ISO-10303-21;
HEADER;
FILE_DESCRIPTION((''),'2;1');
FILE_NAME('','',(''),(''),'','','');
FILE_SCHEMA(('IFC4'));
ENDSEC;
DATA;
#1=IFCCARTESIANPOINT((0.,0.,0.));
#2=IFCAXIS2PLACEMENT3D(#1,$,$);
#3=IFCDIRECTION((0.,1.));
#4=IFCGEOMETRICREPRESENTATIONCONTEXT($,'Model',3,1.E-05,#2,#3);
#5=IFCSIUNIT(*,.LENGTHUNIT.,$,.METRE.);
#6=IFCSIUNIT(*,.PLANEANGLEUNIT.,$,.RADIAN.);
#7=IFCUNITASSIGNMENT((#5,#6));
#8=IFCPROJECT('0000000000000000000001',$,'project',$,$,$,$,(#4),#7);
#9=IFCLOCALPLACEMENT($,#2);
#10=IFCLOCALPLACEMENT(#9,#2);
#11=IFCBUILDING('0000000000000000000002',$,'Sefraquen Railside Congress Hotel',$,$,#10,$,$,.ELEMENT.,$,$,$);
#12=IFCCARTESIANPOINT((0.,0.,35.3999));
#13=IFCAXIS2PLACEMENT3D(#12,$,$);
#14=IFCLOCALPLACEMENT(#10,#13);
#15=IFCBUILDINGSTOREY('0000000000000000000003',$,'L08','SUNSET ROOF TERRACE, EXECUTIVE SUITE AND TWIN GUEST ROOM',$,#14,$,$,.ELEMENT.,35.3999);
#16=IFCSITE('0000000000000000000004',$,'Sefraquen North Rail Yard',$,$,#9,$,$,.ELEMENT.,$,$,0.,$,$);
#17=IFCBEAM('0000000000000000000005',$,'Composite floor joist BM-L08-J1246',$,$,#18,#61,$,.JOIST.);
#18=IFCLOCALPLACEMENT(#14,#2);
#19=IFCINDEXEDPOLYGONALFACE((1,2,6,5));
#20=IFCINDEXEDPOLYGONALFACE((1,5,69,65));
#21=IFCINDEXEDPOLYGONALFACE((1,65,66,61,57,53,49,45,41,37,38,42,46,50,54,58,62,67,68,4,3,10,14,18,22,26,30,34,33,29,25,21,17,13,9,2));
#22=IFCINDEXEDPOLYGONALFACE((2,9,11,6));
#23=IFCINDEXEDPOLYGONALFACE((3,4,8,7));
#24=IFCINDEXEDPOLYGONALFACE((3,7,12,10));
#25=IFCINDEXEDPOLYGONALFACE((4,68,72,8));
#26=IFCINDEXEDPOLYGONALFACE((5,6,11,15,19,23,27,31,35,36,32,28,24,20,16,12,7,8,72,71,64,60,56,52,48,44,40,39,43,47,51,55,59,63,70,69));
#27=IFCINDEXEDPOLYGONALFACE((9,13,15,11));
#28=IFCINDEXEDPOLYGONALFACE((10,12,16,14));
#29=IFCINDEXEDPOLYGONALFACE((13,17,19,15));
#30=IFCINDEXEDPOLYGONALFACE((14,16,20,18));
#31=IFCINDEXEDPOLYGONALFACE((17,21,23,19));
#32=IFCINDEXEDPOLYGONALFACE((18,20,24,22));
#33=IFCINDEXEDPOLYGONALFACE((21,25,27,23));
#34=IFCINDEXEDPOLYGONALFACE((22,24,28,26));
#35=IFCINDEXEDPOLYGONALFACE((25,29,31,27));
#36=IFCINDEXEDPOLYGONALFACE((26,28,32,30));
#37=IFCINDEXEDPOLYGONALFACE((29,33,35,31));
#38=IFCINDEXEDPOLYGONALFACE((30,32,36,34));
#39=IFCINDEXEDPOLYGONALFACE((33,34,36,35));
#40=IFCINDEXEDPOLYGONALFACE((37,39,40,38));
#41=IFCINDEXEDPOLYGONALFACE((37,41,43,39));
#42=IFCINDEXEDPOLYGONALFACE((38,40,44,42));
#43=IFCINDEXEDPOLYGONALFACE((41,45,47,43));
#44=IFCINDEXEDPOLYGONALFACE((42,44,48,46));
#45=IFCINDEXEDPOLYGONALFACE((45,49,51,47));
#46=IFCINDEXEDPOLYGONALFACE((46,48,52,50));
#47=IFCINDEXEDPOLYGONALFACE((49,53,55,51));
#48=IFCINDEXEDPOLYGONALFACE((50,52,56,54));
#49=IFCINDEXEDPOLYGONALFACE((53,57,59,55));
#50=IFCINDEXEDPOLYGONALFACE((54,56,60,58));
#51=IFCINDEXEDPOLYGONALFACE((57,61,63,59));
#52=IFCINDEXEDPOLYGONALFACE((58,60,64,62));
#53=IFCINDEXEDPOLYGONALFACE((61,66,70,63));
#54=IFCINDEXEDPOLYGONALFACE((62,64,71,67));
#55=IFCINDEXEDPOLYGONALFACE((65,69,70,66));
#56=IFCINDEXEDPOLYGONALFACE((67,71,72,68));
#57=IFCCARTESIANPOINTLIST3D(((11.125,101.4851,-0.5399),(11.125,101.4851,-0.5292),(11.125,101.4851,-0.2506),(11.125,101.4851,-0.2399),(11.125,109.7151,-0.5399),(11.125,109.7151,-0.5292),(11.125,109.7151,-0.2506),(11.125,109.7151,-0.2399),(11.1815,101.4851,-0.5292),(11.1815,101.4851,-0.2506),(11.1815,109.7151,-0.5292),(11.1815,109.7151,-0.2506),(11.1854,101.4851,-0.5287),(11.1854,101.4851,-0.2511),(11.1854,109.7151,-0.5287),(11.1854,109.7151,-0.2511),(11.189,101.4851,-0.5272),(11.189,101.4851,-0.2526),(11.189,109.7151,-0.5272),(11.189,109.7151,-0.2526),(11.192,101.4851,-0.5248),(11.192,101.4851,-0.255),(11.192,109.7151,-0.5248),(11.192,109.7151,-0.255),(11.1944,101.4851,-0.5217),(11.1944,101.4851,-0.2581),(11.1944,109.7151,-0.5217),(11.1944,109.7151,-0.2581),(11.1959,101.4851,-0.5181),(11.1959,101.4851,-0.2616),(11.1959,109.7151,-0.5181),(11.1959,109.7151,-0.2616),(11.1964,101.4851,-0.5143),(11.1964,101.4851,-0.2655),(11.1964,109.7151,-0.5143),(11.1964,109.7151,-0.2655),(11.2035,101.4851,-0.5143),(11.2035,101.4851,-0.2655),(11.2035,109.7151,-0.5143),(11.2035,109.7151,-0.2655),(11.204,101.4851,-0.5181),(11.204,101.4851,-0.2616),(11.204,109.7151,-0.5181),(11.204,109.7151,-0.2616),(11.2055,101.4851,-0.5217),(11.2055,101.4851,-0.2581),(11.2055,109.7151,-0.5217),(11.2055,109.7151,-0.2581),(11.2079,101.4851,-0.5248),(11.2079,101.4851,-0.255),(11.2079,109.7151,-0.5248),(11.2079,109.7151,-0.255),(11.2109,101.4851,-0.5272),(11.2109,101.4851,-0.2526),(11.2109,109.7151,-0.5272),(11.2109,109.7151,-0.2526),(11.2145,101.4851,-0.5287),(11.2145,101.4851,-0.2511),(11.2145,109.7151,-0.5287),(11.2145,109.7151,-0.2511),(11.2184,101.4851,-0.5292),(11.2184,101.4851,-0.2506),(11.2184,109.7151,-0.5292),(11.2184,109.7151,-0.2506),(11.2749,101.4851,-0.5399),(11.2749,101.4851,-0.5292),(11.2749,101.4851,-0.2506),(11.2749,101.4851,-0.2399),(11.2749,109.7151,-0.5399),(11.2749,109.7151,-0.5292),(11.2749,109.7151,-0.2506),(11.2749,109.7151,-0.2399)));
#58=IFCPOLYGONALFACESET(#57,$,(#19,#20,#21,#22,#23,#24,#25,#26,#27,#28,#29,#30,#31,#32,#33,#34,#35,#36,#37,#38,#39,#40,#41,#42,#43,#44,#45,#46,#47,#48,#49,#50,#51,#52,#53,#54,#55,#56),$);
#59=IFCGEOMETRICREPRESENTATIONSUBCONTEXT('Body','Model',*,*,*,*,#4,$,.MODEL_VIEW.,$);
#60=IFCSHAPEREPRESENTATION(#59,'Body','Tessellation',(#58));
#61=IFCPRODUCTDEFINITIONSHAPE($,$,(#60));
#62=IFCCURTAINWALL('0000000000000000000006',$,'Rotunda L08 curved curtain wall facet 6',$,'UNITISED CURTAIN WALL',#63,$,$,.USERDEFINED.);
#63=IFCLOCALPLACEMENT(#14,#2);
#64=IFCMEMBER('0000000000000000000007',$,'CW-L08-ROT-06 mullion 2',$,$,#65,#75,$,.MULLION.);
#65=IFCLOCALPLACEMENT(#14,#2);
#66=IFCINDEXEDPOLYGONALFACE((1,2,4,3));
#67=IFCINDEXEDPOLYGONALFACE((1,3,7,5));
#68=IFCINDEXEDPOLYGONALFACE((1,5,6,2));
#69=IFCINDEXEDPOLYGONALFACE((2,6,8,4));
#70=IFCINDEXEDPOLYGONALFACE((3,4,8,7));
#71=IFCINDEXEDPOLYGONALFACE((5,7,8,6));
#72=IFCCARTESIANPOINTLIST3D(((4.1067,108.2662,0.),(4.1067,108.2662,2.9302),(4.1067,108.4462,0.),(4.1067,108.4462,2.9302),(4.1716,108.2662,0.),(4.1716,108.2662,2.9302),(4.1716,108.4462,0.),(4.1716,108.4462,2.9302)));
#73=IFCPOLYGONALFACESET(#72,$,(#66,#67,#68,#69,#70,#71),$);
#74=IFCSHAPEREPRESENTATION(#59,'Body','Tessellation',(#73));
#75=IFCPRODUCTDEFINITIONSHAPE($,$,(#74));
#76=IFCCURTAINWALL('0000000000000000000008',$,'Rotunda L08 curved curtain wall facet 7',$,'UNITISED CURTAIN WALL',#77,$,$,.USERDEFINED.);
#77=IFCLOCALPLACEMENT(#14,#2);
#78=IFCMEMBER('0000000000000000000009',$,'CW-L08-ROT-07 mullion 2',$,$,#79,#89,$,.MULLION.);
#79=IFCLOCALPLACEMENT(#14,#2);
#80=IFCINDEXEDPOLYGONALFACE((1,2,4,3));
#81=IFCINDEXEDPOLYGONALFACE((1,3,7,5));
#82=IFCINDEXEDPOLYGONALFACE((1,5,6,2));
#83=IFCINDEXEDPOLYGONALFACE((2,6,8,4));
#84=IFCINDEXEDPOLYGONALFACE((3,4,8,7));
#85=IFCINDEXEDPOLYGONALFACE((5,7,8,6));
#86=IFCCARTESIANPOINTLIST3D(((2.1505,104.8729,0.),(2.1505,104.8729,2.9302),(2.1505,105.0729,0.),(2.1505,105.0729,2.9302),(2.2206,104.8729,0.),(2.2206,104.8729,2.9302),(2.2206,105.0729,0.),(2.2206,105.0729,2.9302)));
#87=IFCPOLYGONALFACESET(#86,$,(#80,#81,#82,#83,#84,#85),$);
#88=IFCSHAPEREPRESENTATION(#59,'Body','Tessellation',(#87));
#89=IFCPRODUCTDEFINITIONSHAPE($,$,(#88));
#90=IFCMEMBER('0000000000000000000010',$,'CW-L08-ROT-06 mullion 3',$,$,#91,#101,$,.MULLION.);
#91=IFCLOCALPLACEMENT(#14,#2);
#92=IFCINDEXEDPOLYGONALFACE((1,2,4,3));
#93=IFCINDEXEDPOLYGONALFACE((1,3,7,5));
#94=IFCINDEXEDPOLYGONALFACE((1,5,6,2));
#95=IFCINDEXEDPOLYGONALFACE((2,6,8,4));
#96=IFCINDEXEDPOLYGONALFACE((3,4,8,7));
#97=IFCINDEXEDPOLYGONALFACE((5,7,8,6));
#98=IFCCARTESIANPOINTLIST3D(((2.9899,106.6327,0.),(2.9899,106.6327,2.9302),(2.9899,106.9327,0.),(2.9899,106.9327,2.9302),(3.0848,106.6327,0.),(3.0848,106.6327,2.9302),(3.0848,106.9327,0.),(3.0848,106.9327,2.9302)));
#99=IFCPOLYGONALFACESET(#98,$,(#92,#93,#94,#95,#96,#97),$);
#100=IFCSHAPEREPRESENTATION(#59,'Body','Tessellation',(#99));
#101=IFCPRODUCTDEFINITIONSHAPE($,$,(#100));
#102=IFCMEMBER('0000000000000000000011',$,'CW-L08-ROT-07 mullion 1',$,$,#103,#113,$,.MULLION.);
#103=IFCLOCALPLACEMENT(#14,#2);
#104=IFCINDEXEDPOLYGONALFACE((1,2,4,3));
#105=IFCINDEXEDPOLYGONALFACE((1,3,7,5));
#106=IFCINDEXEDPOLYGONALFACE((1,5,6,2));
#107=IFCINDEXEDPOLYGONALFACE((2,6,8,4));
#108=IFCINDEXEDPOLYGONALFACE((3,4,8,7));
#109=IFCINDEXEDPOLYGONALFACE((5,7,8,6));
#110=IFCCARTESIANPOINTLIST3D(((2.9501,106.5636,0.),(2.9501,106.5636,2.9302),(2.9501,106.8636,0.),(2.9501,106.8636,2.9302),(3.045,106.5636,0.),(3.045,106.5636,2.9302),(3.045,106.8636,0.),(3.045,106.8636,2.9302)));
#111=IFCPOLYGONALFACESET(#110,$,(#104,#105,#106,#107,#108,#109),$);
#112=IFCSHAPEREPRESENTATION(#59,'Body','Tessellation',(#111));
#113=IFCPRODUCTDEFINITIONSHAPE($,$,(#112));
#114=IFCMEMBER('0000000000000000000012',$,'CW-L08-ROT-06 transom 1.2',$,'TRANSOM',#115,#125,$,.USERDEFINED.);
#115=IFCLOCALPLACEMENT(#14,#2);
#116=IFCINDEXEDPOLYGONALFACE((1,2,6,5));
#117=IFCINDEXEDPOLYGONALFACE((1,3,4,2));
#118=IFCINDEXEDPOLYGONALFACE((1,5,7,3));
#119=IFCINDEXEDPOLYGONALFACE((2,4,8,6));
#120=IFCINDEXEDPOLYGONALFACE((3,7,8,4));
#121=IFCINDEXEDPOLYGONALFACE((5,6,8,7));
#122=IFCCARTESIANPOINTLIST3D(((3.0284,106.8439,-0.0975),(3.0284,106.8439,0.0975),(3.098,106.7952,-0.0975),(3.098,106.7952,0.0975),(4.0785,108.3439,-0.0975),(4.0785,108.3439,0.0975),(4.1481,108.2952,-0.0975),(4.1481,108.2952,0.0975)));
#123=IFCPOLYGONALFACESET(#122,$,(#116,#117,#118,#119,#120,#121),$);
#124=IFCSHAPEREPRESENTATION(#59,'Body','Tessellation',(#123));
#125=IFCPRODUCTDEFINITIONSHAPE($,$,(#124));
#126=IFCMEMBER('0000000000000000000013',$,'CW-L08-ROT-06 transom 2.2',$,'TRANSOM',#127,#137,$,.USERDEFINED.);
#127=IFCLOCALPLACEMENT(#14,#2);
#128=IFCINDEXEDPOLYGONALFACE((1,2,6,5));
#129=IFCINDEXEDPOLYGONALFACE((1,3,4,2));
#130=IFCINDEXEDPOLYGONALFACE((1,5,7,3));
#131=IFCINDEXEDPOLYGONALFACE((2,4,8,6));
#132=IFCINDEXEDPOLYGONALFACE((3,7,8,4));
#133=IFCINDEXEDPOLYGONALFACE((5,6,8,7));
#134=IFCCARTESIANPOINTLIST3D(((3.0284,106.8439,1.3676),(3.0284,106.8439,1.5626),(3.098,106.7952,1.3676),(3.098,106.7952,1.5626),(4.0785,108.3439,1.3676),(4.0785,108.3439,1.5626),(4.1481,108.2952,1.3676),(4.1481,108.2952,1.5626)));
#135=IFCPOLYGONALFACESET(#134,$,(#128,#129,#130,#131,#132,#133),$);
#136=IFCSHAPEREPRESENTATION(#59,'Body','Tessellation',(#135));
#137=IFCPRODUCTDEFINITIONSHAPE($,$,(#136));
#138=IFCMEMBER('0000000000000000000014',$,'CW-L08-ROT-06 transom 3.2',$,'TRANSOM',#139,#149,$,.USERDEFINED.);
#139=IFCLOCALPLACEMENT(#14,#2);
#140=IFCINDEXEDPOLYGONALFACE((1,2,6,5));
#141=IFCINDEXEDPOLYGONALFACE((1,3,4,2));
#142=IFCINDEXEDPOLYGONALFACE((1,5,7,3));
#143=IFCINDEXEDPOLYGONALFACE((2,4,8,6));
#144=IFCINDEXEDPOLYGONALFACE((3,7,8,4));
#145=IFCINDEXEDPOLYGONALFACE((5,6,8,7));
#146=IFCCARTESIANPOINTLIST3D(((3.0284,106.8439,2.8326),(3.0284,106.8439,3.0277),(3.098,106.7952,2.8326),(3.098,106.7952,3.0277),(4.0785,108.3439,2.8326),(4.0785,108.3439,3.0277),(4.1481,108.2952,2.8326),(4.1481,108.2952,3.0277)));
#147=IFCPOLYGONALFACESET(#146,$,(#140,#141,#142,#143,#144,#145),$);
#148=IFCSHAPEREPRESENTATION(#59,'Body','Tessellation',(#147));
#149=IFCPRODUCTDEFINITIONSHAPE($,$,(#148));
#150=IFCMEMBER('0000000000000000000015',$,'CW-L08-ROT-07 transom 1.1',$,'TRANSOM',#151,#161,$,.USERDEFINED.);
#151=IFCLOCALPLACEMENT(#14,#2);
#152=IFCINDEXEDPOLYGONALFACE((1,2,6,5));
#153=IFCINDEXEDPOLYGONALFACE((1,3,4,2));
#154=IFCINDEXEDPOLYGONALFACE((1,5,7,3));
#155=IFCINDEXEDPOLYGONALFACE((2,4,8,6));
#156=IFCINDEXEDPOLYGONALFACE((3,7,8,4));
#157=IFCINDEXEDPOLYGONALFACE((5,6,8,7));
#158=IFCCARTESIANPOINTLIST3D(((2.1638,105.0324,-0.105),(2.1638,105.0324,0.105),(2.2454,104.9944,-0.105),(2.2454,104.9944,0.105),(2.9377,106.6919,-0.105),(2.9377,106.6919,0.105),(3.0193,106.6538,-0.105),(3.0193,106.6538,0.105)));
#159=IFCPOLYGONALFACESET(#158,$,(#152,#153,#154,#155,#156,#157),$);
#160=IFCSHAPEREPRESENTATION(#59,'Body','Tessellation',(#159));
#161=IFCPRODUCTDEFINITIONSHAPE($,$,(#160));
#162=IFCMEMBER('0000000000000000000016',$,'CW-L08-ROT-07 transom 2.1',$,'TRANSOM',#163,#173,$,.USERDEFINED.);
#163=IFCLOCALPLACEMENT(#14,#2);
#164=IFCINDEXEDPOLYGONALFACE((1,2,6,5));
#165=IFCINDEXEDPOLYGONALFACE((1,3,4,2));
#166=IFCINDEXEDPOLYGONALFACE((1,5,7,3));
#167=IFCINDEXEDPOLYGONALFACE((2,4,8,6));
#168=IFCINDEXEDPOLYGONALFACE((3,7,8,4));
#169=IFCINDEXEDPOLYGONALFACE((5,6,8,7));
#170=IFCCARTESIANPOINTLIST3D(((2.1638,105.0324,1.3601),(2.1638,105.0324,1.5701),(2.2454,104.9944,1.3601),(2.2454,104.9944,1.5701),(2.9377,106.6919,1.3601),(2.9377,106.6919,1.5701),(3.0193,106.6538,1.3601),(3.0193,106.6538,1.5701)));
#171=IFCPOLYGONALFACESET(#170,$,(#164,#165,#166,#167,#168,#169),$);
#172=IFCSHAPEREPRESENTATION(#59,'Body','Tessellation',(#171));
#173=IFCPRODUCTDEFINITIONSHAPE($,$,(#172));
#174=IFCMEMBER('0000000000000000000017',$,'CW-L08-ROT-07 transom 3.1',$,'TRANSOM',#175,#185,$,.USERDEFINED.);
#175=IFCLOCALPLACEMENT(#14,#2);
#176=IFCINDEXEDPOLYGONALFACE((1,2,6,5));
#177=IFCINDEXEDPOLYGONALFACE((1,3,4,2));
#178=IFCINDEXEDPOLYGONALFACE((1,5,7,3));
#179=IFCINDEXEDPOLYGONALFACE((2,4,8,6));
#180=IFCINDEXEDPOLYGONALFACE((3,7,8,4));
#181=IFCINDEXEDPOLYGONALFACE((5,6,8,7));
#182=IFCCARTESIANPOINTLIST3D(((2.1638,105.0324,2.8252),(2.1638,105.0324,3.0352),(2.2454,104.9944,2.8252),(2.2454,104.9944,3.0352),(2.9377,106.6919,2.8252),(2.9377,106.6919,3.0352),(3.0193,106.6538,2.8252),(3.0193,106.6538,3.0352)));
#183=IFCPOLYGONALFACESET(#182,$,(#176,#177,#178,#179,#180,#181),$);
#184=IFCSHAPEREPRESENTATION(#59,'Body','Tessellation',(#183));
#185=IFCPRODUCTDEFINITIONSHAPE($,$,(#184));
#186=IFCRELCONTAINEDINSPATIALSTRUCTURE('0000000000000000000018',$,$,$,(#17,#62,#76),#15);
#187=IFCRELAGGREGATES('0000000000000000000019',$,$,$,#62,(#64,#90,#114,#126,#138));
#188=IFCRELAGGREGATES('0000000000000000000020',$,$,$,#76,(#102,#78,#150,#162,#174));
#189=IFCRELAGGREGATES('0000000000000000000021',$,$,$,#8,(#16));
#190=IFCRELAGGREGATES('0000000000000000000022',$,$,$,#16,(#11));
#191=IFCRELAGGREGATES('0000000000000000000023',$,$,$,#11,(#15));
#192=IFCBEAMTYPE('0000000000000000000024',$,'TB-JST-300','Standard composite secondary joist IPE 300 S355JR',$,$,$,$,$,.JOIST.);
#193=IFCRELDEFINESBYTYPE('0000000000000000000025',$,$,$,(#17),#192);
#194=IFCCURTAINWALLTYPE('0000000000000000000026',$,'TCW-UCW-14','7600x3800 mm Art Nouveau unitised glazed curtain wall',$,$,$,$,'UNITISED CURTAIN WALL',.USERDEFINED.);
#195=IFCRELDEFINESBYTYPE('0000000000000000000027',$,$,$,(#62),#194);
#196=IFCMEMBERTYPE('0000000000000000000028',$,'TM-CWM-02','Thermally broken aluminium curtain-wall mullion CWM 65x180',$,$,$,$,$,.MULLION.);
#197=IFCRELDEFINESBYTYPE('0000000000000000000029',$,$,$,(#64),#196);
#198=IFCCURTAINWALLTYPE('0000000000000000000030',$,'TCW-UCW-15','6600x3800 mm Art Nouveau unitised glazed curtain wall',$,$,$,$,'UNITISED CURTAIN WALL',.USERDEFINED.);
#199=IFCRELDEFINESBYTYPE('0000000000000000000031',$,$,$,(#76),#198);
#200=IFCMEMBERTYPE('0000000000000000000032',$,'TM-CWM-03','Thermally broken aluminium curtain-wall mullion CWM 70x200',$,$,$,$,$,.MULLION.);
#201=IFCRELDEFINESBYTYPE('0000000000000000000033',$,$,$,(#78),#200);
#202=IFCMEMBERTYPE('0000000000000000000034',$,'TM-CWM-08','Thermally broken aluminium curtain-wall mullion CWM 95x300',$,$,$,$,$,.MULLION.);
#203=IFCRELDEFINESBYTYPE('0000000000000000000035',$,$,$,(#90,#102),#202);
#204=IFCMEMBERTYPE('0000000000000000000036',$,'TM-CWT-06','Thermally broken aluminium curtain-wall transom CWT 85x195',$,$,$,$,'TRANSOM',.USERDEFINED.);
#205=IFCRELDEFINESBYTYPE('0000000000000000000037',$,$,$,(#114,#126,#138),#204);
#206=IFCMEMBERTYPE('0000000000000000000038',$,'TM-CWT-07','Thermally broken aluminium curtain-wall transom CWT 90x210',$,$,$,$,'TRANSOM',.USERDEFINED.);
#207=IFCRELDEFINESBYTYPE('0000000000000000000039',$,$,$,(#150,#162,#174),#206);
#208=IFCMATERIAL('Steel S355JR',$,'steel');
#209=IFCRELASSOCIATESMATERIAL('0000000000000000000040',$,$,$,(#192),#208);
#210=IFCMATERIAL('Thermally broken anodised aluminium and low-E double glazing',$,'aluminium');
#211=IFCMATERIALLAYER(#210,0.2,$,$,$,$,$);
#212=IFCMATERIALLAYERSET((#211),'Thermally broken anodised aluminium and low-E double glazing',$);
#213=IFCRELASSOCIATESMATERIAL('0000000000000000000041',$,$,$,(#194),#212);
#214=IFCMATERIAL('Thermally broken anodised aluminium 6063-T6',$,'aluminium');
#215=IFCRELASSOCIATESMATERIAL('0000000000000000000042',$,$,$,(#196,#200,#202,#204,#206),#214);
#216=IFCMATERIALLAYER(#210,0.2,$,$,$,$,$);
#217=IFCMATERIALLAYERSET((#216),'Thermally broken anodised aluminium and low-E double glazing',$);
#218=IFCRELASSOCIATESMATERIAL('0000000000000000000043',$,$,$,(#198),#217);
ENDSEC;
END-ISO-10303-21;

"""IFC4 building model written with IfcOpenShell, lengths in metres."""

from ifc_helpers import new_model, si_unit, direction, frame, origin, origin_2d, place, context, subcontext, project, spatial, rectangle, i_section, extrude, material, layer, layer_set, material_profile, profile_set, type_object, element, aggregate, save


model = new_model("IFC4")

# Units and contexts
model_context = context("Model", 3, precision=1e-05, world=origin(), true_north=direction((0.0, 1.0)))
body_context = subcontext(model_context, "Body", "Model", "MODEL_VIEW")
ifc_project = project(units=[si_unit("LENGTHUNIT", "METRE"), si_unit("PLANEANGLEUNIT", "RADIAN")], contexts=[model_context])

# Site, building, storey
site_placement = place(None, origin())
site = spatial("IfcSite", under=ifc_project, at=site_placement, Name="Sefraquen North Rail Yard", CompositionType="ELEMENT", RefElevation=0.0)
building_placement = place(site_placement, origin())
building = spatial("IfcBuilding", under=site, at=building_placement, Name="Sefraquen Railside Congress Hotel", CompositionType="ELEMENT")
storey_placement = place(building_placement, frame((0.0, 0.0, 35.3999)))
storey = spatial("IfcBuildingStorey", under=building, at=storey_placement, Name="L08", Description="SUNSET ROOF TERRACE, EXECUTIVE SUITE AND TWIN GUEST ROOM", CompositionType="ELEMENT", Elevation=35.3999)

# Shared definitions
ifc_material_1 = material(Name="Steel S355JR", Category="steel")

# Beam
ifc_material_profile_1 = material_profile(ifc_material_1, i_section(OverallWidth=0.1499, OverallDepth=0.3, WebThickness=0.0071, FlangeThickness=0.0107, FilletRadius=0.0149, at=origin_2d()), Name="IPE 300")
ifc_profile_set_1 = profile_set([ifc_material_profile_1], Name="Steel S355JR")
beam_type_1 = type_object("IfcBeamType", Name="TB-JST-300", Description="Standard composite secondary joist IPE 300 S355JR", PredefinedType="JOIST", material=ifc_profile_set_1)
beam_1_placement = place(storey_placement, frame((11.2, 101.4851, -0.3899), z_axis=(0.0, 1.0, 0.0), x_axis=(-1.0, 0.0, 0.0)))
element("IfcBeam", 1, at=beam_1_placement, inside=storey, type_object=beam_type_1, Name="Composite floor joist BM-L08-J1246", PredefinedType="JOIST", context=body_context, shape_type="SweptSolid", body=[
    extrude(i_section(OverallWidth=0.1499, OverallDepth=0.3, WebThickness=0.0071, FlangeThickness=0.0107, FilletRadius=0.0149, at=origin_2d()), origin(), (0.0, 0.0, 1.0), 8.23),
])

# Curtain walls, members
ifc_material_2 = material(Name="Thermally broken anodised aluminium and low-E double glazing", Category="aluminium")
ifc_layer_1 = layer(ifc_material_2, 0.2)
ifc_layer_set_1 = layer_set([ifc_layer_1], Name="Thermally broken anodised aluminium and low-E double glazing")
curtain_wall_type_1 = type_object("IfcCurtainWallType", Name="TCW-UCW-14", Description="7600x3800 mm Art Nouveau unitised glazed curtain wall", ElementType="UNITISED CURTAIN WALL", PredefinedType="USERDEFINED", material=ifc_layer_set_1)
curtain_wall_1_placement = place(storey_placement, origin())
curtain_wall_1 = element("IfcCurtainWall", 2, at=curtain_wall_1_placement, inside=storey, type_object=curtain_wall_type_1, Name="Rotunda L08 curved curtain wall facet 6", ObjectType="UNITISED CURTAIN WALL", PredefinedType="USERDEFINED")
ifc_material_3 = material(Name="Thermally broken anodised aluminium 6063-T6", Category="aluminium")
ifc_material_profile_2 = material_profile(ifc_material_3, rectangle(XDim=0.0649, YDim=0.1799, at=origin_2d()), Name="CWM 65x180")
ifc_profile_set_2 = profile_set([ifc_material_profile_2], Name="Thermally broken anodised aluminium 6063-T6")
member_type_1 = type_object("IfcMemberType", Name="TM-CWM-02", Description="Thermally broken aluminium curtain-wall mullion CWM 65x180", PredefinedType="MULLION", material=ifc_profile_set_2)
member_1_placement = place(storey_placement, frame((4.1392, 108.3562, 0.0), z_axis=(0.0, 0.0, 1.0), x_axis=(1.0, 0.0, 0.0)))
member_1 = element("IfcMember", 3, at=member_1_placement, type_object=member_type_1, Name="CW-L08-ROT-06 mullion 2", PredefinedType="MULLION", context=body_context, shape_type="SweptSolid", body=[
    extrude(rectangle(XDim=0.0649, YDim=0.1799, at=origin_2d()), origin(), (0.0, 0.0, 1.0), 2.9302),
])
ifc_layer_2 = layer(ifc_material_2, 0.2)
ifc_layer_set_2 = layer_set([ifc_layer_2], Name="Thermally broken anodised aluminium and low-E double glazing")
curtain_wall_type_2 = type_object("IfcCurtainWallType", Name="TCW-UCW-15", Description="6600x3800 mm Art Nouveau unitised glazed curtain wall", ElementType="UNITISED CURTAIN WALL", PredefinedType="USERDEFINED", material=ifc_layer_set_2)
curtain_wall_2_placement = place(storey_placement, origin())
curtain_wall_2 = element("IfcCurtainWall", 4, at=curtain_wall_2_placement, inside=storey, type_object=curtain_wall_type_2, Name="Rotunda L08 curved curtain wall facet 7", ObjectType="UNITISED CURTAIN WALL", PredefinedType="USERDEFINED")
ifc_material_profile_3 = material_profile(ifc_material_3, rectangle(XDim=0.0701, YDim=0.2, at=origin_2d()), Name="CWM 70x200")
ifc_profile_set_3 = profile_set([ifc_material_profile_3], Name="Thermally broken anodised aluminium 6063-T6")
member_type_2 = type_object("IfcMemberType", Name="TM-CWM-03", Description="Thermally broken aluminium curtain-wall mullion CWM 70x200", PredefinedType="MULLION", material=ifc_profile_set_3)
member_2_placement = place(storey_placement, frame((2.1855, 104.9729, 0.0), z_axis=(0.0, 0.0, 1.0), x_axis=(1.0, 0.0, 0.0)))
member_2 = element("IfcMember", 5, at=member_2_placement, type_object=member_type_2, Name="CW-L08-ROT-07 mullion 2", PredefinedType="MULLION", context=body_context, shape_type="SweptSolid", body=[
    extrude(rectangle(XDim=0.0701, YDim=0.2, at=origin_2d()), origin(), (0.0, 0.0, 1.0), 2.9302),
])

# Members
ifc_material_profile_4 = material_profile(ifc_material_3, rectangle(XDim=0.095, YDim=0.3, at=origin_2d()), Name="CWM 95x300")
ifc_profile_set_4 = profile_set([ifc_material_profile_4], Name="Thermally broken anodised aluminium 6063-T6")
member_type_3 = type_object("IfcMemberType", Name="TM-CWM-08", Description="Thermally broken aluminium curtain-wall mullion CWM 95x300", PredefinedType="MULLION", material=ifc_profile_set_4)
member_3_placement = place(storey_placement, frame((3.0374, 106.7827, 0.0), z_axis=(0.0, 0.0, 1.0), x_axis=(1.0, 0.0, 0.0)))
member_3 = element("IfcMember", 6, at=member_3_placement, type_object=member_type_3, Name="CW-L08-ROT-06 mullion 3", PredefinedType="MULLION", context=body_context, shape_type="SweptSolid", body=[
    extrude(rectangle(XDim=0.095, YDim=0.3, at=origin_2d()), origin(), (0.0, 0.0, 1.0), 2.9302),
])
member_4_placement = place(storey_placement, frame((2.9976, 106.7136, 0.0), z_axis=(0.0, 0.0, 1.0), x_axis=(1.0, 0.0, 0.0)))
member_4 = element("IfcMember", 7, at=member_4_placement, type_object=member_type_3, Name="CW-L08-ROT-07 mullion 1", PredefinedType="MULLION", context=body_context, shape_type="SweptSolid", body=[
    extrude(rectangle(XDim=0.095, YDim=0.3, at=origin_2d()), origin(), (0.0, 0.0, 1.0), 2.9302),
])
ifc_material_profile_5 = material_profile(ifc_material_3, rectangle(XDim=0.085, YDim=0.1951, at=origin_2d()), Name="CWT 85x195")
ifc_profile_set_5 = profile_set([ifc_material_profile_5], Name="Thermally broken anodised aluminium 6063-T6")
member_type_4 = type_object("IfcMemberType", Name="TM-CWT-06", Description="Thermally broken aluminium curtain-wall transom CWT 85x195", ElementType="TRANSOM", PredefinedType="USERDEFINED", material=ifc_profile_set_5)
member_5_placement = place(storey_placement, frame((4.1133, 108.3196, 0.0), z_axis=(-0.57348, -0.819219, 0.0), x_axis=(0.819219, -0.57348, 0.0)))
member_5 = element("IfcMember", 8, at=member_5_placement, type_object=member_type_4, Name="CW-L08-ROT-06 transom 1.2", ObjectType="TRANSOM", PredefinedType="USERDEFINED", context=body_context, shape_type="SweptSolid", body=[
    extrude(rectangle(XDim=0.085, YDim=0.1951, at=origin_2d()), origin(), (0.0, 0.0, 1.0), 1.8311),
])
member_6_placement = place(storey_placement, frame((4.1133, 108.3196, 1.4651), z_axis=(-0.57348, -0.819219, 0.0), x_axis=(0.819219, -0.57348, 0.0)))
member_6 = element("IfcMember", 9, at=member_6_placement, type_object=member_type_4, Name="CW-L08-ROT-06 transom 2.2", ObjectType="TRANSOM", PredefinedType="USERDEFINED", context=body_context, shape_type="SweptSolid", body=[
    extrude(rectangle(XDim=0.085, YDim=0.1951, at=origin_2d()), origin(), (0.0, 0.0, 1.0), 1.8311),
])
member_7_placement = place(storey_placement, frame((4.1133, 108.3196, 2.9302), z_axis=(-0.57348, -0.819219, 0.0), x_axis=(0.819219, -0.57348, 0.0)))
member_7 = element("IfcMember", 10, at=member_7_placement, type_object=member_type_4, Name="CW-L08-ROT-06 transom 3.2", ObjectType="TRANSOM", PredefinedType="USERDEFINED", context=body_context, shape_type="SweptSolid", body=[
    extrude(rectangle(XDim=0.085, YDim=0.1951, at=origin_2d()), origin(), (0.0, 0.0, 1.0), 1.8311),
])
ifc_material_profile_6 = material_profile(ifc_material_3, rectangle(XDim=0.0901, YDim=0.21, at=origin_2d()), Name="CWT 90x210")
ifc_profile_set_6 = profile_set([ifc_material_profile_6], Name="Thermally broken anodised aluminium 6063-T6")
member_type_5 = type_object("IfcMemberType", Name="TM-CWT-07", Description="Thermally broken aluminium curtain-wall transom CWT 90x210", ElementType="TRANSOM", PredefinedType="USERDEFINED", material=ifc_profile_set_6)
member_8_placement = place(storey_placement, frame((2.9785, 106.6729, 0.0), z_axis=(-0.422674, -0.906282, 0.0), x_axis=(0.906282, -0.422674, 0.0)))
member_8 = element("IfcMember", 11, at=member_8_placement, type_object=member_type_5, Name="CW-L08-ROT-07 transom 1.1", ObjectType="TRANSOM", PredefinedType="USERDEFINED", context=body_context, shape_type="SweptSolid", body=[
    extrude(rectangle(XDim=0.0901, YDim=0.21, at=origin_2d()), origin(), (0.0, 0.0, 1.0), 1.8311),
])
member_9_placement = place(storey_placement, frame((2.9785, 106.6729, 1.4651), z_axis=(-0.422674, -0.906282, 0.0), x_axis=(0.906282, -0.422674, 0.0)))
member_9 = element("IfcMember", 12, at=member_9_placement, type_object=member_type_5, Name="CW-L08-ROT-07 transom 2.1", ObjectType="TRANSOM", PredefinedType="USERDEFINED", context=body_context, shape_type="SweptSolid", body=[
    extrude(rectangle(XDim=0.0901, YDim=0.21, at=origin_2d()), origin(), (0.0, 0.0, 1.0), 1.8311),
])
member_10_placement = place(storey_placement, frame((2.9785, 106.6729, 2.9302), z_axis=(-0.422674, -0.906282, 0.0), x_axis=(0.906282, -0.422674, 0.0)))
member_10 = element("IfcMember", 13, at=member_10_placement, type_object=member_type_5, Name="CW-L08-ROT-07 transom 3.1", ObjectType="TRANSOM", PredefinedType="USERDEFINED", context=body_context, shape_type="SweptSolid", body=[
    extrude(rectangle(XDim=0.0901, YDim=0.21, at=origin_2d()), origin(), (0.0, 0.0, 1.0), 1.8311),
])

aggregate(curtain_wall_1, [member_1, member_3, member_5, member_6, member_7])
aggregate(curtain_wall_2, [member_4, member_2, member_8, member_9, member_10])

save(model, "model.ifc")
